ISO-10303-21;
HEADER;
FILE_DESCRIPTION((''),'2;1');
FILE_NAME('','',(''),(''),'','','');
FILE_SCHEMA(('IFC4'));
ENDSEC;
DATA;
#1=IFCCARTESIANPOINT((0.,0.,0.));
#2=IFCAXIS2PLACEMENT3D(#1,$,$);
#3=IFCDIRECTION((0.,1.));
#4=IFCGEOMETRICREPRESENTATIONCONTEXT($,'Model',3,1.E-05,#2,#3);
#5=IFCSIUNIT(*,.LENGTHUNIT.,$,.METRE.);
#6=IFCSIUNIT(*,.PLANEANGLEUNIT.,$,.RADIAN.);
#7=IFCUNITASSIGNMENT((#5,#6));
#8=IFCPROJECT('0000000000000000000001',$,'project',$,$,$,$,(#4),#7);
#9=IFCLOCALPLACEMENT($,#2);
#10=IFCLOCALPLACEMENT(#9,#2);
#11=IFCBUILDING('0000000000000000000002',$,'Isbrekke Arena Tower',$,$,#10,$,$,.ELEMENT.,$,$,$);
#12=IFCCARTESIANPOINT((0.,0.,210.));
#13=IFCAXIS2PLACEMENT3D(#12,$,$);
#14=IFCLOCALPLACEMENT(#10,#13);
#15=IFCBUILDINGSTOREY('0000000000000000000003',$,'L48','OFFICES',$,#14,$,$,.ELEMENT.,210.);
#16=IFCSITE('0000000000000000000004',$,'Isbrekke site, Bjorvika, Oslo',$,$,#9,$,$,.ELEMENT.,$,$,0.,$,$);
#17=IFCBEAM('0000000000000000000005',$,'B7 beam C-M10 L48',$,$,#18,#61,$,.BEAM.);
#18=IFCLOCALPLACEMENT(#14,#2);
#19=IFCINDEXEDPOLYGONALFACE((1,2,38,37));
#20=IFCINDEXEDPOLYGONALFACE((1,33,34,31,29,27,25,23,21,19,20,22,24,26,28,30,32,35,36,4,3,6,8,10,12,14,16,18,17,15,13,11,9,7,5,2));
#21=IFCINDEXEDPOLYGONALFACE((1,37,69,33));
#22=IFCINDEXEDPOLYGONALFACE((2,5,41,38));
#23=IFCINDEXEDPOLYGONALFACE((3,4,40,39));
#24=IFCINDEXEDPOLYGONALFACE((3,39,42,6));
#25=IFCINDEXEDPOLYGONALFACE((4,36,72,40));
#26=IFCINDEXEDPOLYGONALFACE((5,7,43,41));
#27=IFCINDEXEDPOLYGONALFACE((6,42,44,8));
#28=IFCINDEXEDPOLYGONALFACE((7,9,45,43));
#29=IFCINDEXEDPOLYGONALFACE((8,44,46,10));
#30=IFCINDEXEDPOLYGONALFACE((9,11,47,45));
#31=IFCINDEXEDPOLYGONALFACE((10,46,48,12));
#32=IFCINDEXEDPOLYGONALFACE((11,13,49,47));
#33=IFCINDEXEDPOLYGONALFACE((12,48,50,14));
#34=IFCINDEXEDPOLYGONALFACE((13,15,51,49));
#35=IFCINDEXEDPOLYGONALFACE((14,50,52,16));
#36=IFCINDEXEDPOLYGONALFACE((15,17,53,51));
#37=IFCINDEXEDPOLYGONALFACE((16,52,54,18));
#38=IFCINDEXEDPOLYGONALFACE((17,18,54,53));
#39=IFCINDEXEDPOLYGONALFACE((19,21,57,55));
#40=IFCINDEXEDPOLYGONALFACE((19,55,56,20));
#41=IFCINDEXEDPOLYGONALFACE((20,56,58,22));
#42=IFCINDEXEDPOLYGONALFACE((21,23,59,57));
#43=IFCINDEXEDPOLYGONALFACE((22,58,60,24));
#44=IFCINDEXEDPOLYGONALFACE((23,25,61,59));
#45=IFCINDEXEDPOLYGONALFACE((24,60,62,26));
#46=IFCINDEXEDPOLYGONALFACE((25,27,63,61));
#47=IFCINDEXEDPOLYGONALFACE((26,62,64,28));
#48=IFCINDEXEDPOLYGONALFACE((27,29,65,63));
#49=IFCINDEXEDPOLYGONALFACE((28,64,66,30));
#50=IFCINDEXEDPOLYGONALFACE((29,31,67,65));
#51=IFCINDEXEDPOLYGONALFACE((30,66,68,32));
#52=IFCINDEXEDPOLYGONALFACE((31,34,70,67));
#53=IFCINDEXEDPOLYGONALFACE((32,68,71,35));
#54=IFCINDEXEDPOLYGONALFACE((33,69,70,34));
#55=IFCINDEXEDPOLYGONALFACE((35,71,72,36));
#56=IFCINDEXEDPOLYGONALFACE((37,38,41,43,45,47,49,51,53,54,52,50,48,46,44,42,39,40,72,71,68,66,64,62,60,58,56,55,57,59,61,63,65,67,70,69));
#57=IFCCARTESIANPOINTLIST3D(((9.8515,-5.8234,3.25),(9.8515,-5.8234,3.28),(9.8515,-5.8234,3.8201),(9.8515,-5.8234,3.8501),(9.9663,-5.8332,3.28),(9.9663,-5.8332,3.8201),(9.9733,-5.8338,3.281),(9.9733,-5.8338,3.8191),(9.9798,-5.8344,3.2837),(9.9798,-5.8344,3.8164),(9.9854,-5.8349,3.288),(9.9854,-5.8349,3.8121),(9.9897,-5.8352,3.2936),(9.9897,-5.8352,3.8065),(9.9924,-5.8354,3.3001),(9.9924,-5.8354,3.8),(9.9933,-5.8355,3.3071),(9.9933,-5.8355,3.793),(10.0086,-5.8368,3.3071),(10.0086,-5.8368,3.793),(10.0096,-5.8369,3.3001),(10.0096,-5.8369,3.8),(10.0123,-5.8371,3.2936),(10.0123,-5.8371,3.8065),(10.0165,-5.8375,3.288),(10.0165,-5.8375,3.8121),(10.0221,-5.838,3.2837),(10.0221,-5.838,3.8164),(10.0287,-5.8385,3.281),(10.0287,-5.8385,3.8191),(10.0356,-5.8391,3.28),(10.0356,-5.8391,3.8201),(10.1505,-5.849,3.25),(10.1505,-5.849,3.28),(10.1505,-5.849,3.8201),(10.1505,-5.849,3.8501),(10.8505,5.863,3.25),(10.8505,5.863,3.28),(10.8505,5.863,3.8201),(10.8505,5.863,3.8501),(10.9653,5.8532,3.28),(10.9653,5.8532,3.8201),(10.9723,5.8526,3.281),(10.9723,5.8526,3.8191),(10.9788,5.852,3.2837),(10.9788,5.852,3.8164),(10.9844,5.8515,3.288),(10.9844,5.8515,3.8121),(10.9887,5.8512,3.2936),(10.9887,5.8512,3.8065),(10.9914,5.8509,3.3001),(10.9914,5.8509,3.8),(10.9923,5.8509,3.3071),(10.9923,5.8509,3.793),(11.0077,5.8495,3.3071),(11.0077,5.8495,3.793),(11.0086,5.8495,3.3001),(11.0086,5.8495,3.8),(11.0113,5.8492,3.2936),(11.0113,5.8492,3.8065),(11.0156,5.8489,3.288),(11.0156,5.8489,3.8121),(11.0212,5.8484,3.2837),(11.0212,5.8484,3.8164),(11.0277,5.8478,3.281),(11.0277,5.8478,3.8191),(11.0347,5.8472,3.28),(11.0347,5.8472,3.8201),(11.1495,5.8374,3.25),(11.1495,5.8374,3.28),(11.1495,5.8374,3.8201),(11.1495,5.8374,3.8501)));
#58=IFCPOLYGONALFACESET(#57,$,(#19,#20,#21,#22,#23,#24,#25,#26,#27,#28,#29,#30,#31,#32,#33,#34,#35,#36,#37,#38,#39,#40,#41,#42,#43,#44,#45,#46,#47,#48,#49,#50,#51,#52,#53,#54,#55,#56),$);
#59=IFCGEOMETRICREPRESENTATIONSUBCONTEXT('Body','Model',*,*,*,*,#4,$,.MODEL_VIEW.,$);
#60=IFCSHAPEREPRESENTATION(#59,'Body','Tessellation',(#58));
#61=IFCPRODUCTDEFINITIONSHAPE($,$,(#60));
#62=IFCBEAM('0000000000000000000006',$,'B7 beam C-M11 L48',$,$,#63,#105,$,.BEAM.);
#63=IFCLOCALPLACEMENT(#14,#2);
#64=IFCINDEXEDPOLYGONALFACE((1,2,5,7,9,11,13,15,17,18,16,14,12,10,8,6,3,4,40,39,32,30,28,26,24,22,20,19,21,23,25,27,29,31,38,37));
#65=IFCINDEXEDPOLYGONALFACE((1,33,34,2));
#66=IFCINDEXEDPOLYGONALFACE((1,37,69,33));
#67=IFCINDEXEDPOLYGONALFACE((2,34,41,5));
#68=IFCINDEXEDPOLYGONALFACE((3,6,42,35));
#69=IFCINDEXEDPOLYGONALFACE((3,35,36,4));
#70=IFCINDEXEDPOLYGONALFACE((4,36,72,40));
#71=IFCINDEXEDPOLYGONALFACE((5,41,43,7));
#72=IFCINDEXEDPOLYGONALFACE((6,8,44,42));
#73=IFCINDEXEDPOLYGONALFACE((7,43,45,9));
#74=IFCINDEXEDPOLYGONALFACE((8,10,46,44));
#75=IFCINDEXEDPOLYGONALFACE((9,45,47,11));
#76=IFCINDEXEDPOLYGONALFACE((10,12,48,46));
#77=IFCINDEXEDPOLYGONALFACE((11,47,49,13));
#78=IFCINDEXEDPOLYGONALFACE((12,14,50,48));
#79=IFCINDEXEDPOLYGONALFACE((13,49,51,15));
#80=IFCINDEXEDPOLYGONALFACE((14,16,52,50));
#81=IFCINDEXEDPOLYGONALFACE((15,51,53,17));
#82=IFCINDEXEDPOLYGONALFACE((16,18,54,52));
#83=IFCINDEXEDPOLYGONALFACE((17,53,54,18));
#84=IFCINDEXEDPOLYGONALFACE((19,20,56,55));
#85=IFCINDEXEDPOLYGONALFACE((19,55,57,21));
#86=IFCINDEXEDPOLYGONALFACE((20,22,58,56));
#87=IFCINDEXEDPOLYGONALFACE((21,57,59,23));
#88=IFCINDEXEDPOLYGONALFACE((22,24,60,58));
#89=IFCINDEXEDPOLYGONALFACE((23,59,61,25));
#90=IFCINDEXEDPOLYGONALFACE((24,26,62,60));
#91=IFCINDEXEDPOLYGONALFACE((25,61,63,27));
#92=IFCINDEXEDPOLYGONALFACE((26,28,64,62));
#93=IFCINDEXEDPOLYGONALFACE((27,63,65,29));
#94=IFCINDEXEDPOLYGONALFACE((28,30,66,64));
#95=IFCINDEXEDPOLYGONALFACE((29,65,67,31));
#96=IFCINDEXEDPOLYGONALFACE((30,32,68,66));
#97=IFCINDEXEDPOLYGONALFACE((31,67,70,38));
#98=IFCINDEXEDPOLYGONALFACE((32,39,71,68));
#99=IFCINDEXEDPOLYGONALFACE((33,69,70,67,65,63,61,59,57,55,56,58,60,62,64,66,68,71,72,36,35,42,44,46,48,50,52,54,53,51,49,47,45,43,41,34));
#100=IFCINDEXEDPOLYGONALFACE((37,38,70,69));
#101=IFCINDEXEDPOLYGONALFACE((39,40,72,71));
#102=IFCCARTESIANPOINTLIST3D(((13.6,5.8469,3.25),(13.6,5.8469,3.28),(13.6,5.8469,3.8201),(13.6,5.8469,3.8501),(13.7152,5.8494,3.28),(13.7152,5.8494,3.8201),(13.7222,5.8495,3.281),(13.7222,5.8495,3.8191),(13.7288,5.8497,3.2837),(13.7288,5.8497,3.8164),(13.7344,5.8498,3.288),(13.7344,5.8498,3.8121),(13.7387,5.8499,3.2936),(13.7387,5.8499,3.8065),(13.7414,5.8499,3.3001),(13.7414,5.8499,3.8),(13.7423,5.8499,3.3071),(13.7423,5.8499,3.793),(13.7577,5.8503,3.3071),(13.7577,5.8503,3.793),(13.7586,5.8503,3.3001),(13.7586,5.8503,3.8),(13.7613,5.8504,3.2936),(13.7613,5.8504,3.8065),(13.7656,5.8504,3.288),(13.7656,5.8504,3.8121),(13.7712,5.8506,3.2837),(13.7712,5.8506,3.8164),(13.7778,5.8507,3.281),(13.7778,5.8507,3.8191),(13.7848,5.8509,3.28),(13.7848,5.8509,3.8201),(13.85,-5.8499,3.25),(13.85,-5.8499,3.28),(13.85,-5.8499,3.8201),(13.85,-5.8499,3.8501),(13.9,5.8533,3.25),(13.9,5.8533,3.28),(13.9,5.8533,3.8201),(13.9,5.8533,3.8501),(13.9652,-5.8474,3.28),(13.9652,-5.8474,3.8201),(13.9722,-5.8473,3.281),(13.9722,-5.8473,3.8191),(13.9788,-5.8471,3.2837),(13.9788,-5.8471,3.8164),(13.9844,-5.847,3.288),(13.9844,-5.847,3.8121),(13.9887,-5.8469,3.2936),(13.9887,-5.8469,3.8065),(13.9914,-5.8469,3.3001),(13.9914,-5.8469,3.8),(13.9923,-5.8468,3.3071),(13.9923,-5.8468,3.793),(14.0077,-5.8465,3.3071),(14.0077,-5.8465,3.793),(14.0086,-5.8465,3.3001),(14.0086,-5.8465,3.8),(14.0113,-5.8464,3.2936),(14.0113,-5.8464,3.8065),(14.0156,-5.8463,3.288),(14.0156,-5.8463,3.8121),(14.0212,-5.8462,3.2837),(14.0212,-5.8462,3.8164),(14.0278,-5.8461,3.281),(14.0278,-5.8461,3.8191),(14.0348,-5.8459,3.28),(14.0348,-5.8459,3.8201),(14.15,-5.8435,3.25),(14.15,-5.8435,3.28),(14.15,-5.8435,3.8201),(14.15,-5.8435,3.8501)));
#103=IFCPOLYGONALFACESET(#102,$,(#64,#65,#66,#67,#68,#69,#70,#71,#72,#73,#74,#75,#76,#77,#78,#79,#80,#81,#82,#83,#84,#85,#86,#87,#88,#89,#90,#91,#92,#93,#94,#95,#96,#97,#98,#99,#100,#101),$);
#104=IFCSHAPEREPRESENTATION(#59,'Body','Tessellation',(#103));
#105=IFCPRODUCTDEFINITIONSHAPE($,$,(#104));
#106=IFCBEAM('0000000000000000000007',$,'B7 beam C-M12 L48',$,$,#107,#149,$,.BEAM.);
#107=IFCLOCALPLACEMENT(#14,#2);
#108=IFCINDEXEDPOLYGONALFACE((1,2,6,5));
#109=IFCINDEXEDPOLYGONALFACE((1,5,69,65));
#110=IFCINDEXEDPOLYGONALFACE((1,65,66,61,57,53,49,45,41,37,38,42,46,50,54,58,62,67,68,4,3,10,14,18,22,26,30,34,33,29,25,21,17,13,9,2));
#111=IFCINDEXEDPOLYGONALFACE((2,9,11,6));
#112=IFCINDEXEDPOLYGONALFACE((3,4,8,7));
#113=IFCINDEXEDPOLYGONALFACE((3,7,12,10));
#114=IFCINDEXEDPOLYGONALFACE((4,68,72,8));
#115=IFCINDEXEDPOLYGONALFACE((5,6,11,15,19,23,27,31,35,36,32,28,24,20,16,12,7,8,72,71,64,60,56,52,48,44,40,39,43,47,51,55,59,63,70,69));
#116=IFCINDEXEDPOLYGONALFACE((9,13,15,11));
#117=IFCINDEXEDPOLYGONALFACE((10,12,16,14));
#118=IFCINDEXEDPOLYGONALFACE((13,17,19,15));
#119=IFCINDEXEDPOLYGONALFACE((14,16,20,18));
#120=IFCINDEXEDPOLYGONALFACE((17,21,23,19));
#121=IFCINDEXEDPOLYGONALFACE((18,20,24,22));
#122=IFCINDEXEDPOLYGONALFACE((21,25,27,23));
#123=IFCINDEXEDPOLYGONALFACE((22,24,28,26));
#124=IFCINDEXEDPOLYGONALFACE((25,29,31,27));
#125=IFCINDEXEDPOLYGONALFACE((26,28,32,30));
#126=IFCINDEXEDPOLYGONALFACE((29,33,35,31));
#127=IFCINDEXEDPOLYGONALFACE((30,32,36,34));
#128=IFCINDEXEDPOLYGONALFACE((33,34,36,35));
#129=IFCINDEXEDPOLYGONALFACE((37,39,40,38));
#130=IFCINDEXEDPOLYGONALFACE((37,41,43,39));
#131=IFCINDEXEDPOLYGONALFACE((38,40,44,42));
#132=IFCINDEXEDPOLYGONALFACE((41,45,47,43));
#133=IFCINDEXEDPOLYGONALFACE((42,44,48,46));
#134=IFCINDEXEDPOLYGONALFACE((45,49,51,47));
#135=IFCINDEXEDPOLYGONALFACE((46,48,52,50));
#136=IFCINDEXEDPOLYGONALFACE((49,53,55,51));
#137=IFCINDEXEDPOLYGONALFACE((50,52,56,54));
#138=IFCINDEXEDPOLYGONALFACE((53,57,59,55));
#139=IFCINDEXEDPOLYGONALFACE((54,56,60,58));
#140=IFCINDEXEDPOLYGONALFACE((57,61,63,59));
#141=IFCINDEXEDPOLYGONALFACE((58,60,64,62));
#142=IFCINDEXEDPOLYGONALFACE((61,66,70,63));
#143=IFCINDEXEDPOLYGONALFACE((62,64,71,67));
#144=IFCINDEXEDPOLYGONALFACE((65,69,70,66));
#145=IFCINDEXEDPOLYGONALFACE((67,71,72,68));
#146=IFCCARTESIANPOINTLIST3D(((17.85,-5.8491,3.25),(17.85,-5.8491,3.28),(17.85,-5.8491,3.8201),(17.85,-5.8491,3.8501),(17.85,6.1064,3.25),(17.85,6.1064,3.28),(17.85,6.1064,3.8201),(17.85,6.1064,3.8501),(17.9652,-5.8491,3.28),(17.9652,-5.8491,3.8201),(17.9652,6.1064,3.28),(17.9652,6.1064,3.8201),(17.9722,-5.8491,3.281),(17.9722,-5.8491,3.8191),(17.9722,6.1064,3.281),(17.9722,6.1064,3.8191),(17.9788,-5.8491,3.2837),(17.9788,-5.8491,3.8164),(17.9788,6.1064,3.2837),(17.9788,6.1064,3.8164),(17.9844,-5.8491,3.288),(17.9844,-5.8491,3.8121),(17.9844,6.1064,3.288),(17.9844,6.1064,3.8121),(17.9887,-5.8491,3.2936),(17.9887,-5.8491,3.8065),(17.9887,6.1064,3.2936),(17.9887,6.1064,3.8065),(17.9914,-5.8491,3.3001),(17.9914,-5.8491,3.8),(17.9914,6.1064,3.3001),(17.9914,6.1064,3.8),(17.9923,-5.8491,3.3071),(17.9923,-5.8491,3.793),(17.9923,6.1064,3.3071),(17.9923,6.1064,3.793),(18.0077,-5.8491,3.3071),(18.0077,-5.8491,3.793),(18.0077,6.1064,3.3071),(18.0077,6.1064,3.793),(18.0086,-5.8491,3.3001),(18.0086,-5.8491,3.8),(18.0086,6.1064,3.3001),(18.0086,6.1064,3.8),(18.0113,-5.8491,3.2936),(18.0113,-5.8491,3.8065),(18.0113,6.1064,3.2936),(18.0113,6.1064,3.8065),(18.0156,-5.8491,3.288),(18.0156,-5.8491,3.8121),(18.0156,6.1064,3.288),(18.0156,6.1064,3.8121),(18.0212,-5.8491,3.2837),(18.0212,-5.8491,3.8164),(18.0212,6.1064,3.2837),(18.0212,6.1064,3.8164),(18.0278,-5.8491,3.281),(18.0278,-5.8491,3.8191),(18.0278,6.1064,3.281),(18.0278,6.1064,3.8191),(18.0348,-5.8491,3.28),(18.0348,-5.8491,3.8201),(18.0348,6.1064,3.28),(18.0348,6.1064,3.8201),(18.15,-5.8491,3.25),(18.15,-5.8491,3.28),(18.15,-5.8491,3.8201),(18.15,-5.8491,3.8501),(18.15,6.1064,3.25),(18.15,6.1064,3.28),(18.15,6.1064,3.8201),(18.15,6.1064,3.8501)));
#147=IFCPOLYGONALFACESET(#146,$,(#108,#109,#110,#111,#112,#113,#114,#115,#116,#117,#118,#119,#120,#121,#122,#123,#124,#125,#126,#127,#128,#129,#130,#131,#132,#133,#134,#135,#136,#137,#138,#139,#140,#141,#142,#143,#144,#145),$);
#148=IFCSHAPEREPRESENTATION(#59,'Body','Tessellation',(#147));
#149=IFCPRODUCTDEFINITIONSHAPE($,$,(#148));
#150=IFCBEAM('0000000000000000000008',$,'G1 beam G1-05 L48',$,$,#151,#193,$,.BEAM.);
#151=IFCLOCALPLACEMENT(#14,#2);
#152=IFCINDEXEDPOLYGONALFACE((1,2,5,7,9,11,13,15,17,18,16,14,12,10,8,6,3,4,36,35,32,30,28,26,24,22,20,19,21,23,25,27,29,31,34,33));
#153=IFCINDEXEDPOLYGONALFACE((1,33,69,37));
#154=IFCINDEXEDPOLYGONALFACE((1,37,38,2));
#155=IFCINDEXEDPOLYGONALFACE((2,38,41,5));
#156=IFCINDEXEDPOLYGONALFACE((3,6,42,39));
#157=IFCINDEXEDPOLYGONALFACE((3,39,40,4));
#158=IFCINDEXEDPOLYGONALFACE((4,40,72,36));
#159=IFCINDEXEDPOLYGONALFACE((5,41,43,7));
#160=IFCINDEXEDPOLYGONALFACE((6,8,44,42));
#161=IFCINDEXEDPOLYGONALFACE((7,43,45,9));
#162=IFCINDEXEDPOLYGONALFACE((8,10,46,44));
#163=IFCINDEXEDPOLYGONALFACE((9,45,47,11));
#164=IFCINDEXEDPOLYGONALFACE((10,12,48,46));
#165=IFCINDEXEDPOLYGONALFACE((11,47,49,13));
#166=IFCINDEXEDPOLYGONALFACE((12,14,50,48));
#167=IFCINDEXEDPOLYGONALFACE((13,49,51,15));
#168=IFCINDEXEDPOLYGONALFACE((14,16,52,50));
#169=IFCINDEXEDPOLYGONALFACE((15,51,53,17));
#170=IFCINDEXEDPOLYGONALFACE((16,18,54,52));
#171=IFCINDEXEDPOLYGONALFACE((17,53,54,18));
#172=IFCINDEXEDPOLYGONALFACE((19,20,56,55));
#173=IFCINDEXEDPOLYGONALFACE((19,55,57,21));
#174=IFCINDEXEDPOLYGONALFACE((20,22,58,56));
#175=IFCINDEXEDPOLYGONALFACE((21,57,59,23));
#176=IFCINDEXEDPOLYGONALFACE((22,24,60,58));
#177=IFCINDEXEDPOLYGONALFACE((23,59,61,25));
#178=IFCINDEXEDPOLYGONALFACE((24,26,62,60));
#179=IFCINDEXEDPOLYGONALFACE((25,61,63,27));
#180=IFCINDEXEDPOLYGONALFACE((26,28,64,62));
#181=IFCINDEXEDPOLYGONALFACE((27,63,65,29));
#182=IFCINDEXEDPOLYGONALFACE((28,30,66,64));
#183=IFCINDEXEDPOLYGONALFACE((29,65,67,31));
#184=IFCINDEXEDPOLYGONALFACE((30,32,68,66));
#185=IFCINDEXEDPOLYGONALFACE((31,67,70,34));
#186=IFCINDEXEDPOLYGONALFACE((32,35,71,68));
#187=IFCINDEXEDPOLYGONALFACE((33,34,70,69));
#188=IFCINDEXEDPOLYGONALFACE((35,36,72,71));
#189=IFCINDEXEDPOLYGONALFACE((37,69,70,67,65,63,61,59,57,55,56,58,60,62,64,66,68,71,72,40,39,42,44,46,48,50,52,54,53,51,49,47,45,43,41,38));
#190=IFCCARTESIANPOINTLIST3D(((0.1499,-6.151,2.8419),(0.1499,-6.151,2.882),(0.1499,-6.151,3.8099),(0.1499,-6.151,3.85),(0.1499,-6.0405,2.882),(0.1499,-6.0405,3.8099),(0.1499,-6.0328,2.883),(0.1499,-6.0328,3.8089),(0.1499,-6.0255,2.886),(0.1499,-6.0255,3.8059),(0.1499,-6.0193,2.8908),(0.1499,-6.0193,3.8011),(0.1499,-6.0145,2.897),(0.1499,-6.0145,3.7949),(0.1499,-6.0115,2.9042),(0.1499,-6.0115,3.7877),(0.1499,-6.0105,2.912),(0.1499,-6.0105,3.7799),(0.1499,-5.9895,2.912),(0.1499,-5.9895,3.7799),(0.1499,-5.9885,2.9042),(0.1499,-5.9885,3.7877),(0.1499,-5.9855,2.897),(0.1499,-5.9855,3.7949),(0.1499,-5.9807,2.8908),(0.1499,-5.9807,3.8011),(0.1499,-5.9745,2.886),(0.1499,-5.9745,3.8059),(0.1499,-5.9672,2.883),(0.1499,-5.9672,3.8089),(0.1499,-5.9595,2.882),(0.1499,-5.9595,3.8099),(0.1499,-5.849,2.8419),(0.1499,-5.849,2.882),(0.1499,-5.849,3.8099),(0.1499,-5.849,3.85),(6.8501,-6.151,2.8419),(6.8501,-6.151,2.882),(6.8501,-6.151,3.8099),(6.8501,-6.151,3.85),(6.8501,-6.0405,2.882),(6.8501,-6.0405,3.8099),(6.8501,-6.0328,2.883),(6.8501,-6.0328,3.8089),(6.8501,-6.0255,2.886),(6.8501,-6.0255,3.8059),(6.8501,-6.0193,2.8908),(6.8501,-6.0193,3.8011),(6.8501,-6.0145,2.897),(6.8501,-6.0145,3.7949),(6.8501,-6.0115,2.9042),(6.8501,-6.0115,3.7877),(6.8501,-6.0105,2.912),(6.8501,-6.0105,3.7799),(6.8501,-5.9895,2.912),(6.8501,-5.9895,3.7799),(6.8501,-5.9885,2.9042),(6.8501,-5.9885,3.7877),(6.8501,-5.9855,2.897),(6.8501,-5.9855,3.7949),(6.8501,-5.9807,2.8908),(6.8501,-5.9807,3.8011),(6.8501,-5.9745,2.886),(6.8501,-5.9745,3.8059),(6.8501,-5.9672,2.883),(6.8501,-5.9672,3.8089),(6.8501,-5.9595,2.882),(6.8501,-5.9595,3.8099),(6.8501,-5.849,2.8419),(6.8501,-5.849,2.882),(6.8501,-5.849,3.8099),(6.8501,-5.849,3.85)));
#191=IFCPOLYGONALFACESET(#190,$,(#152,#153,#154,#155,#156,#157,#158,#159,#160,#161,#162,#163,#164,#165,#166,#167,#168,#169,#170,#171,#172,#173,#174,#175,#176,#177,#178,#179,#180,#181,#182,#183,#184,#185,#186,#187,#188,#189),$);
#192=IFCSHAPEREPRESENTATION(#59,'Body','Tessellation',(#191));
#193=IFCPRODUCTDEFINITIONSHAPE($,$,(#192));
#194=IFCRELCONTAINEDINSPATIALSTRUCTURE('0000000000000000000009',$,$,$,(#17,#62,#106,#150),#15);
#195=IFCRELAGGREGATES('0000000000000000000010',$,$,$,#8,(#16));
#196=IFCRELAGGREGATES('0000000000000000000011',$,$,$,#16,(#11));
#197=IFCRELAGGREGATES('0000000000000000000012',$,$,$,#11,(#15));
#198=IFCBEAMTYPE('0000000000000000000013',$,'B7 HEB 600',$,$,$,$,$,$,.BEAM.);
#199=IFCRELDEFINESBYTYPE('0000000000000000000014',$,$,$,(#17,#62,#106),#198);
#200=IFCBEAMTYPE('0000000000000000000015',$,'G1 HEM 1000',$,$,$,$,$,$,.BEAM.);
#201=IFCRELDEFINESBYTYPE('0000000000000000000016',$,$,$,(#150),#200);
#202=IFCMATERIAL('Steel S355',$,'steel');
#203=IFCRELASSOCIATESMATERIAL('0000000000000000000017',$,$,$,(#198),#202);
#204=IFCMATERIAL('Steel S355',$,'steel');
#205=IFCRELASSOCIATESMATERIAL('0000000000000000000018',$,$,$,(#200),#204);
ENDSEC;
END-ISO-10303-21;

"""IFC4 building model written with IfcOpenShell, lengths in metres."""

from ifc_helpers import new_model, si_unit, direction, frame, origin, origin_2d, place, context, subcontext, project, spatial, i_section, extrude, material, material_profile, profile_set, type_object, element, save


model = new_model("IFC4")

# Units and contexts
model_context = context("Model", 3, precision=1e-05, world=origin(), true_north=direction((0.0, 1.0)))
body_context = subcontext(model_context, "Body", "Model", "MODEL_VIEW")
ifc_project = project(units=[si_unit("LENGTHUNIT", "METRE"), si_unit("PLANEANGLEUNIT", "RADIAN")], contexts=[model_context])

# Site, building, storey
site_placement = place(None, origin())
site = spatial("IfcSite", under=ifc_project, at=site_placement, Name="Isbrekke site, Bjorvika, Oslo", CompositionType="ELEMENT", RefElevation=0.0)
building_placement = place(site_placement, origin())
building = spatial("IfcBuilding", under=site, at=building_placement, Name="Isbrekke Arena Tower", CompositionType="ELEMENT")
storey_placement = place(building_placement, frame((0.0, 0.0, 210.0)))
storey = spatial("IfcBuildingStorey", under=building, at=storey_placement, Name="L48", Description="OFFICES", CompositionType="ELEMENT", Elevation=210.0)

# Beams
ifc_material_1 = material(Name="Steel S355", Category="steel")
ifc_material_profile_1 = material_profile(ifc_material_1, i_section(OverallWidth=0.3, OverallDepth=0.6001, WebThickness=0.0154, FlangeThickness=0.03, FilletRadius=0.0271, at=origin_2d()), Name="HEB 600")
ifc_profile_set_1 = profile_set([ifc_material_profile_1], Name="Steel S355")
beam_type_1 = type_object("IfcBeamType", Name="B7 HEB 600", PredefinedType="BEAM", material=ifc_profile_set_1)
beam_1_placement = place(storey_placement, frame((10.001, -5.8362, 3.55), z_axis=(0.085176, 0.996366, 0.0), x_axis=(-0.996366, 0.085176, 0.0)))
element("IfcBeam", 1, at=beam_1_placement, inside=storey, type_object=beam_type_1, Name="B7 beam C-M10 L48", PredefinedType="BEAM", context=body_context, shape_type="SweptSolid", body=[
    extrude(i_section(OverallWidth=0.3, OverallDepth=0.6001, WebThickness=0.0154, FlangeThickness=0.03, FilletRadius=0.0271, at=origin_2d()), origin(), (0.0, 0.0, 1.0), 11.729),
])
beam_2_placement = place(storey_placement, frame((14.0, -5.8467, 3.55), z_axis=(-0.021369, 0.999772, 0.0), x_axis=(-0.999772, -0.021369, 0.0)))
element("IfcBeam", 2, at=beam_2_placement, inside=storey, type_object=beam_type_1, Name="B7 beam C-M11 L48", PredefinedType="BEAM", context=body_context, shape_type="SweptSolid", body=[
    extrude(i_section(OverallWidth=0.3, OverallDepth=0.6001, WebThickness=0.0154, FlangeThickness=0.03, FilletRadius=0.0271, at=origin_2d()), origin(), (0.0, 0.0, 1.0), 11.6995),
])
beam_3_placement = place(storey_placement, frame((18.0, -5.8491, 3.55), z_axis=(0.0, 1.0, 0.0), x_axis=(-1.0, 0.0, 0.0)))
element("IfcBeam", 3, at=beam_3_placement, inside=storey, type_object=beam_type_1, Name="B7 beam C-M12 L48", PredefinedType="BEAM", context=body_context, shape_type="SweptSolid", body=[
    extrude(i_section(OverallWidth=0.3, OverallDepth=0.6001, WebThickness=0.0154, FlangeThickness=0.03, FilletRadius=0.0271, at=origin_2d()), origin(), (0.0, 0.0, 1.0), 11.9556),
])
ifc_material_2 = material(Name="Steel S355", Category="steel")
ifc_material_profile_2 = material_profile(ifc_material_2, i_section(OverallWidth=0.302, OverallDepth=1.0081, WebThickness=0.021, FlangeThickness=0.04, FilletRadius=0.03, at=origin_2d()), Name="HEM 1000")
ifc_profile_set_2 = profile_set([ifc_material_profile_2], Name="Steel S355")
beam_type_2 = type_object("IfcBeamType", Name="G1 HEM 1000", PredefinedType="BEAM", material=ifc_profile_set_2)
for number, where, z_axis, x_axis, name in (
    (4, (0.1499, -6.0, 3.3459), (1.0, 0.0, 0.0), (0.0, 1.0, 0.0), "G1 beam G1-05 L48"),
):
    element("IfcBeam", number, at=place(storey_placement, frame(where, z_axis=z_axis, x_axis=x_axis)), inside=storey, type_object=beam_type_2, Name=name, PredefinedType="BEAM", context=body_context, shape_type="SweptSolid", body=[
        extrude(i_section(OverallWidth=0.302, OverallDepth=1.0081, WebThickness=0.021, FlangeThickness=0.04, FilletRadius=0.03, at=origin_2d()), origin(), (0.0, 0.0, 1.0), 6.7002),
    ])

save(model, "model.ifc")
